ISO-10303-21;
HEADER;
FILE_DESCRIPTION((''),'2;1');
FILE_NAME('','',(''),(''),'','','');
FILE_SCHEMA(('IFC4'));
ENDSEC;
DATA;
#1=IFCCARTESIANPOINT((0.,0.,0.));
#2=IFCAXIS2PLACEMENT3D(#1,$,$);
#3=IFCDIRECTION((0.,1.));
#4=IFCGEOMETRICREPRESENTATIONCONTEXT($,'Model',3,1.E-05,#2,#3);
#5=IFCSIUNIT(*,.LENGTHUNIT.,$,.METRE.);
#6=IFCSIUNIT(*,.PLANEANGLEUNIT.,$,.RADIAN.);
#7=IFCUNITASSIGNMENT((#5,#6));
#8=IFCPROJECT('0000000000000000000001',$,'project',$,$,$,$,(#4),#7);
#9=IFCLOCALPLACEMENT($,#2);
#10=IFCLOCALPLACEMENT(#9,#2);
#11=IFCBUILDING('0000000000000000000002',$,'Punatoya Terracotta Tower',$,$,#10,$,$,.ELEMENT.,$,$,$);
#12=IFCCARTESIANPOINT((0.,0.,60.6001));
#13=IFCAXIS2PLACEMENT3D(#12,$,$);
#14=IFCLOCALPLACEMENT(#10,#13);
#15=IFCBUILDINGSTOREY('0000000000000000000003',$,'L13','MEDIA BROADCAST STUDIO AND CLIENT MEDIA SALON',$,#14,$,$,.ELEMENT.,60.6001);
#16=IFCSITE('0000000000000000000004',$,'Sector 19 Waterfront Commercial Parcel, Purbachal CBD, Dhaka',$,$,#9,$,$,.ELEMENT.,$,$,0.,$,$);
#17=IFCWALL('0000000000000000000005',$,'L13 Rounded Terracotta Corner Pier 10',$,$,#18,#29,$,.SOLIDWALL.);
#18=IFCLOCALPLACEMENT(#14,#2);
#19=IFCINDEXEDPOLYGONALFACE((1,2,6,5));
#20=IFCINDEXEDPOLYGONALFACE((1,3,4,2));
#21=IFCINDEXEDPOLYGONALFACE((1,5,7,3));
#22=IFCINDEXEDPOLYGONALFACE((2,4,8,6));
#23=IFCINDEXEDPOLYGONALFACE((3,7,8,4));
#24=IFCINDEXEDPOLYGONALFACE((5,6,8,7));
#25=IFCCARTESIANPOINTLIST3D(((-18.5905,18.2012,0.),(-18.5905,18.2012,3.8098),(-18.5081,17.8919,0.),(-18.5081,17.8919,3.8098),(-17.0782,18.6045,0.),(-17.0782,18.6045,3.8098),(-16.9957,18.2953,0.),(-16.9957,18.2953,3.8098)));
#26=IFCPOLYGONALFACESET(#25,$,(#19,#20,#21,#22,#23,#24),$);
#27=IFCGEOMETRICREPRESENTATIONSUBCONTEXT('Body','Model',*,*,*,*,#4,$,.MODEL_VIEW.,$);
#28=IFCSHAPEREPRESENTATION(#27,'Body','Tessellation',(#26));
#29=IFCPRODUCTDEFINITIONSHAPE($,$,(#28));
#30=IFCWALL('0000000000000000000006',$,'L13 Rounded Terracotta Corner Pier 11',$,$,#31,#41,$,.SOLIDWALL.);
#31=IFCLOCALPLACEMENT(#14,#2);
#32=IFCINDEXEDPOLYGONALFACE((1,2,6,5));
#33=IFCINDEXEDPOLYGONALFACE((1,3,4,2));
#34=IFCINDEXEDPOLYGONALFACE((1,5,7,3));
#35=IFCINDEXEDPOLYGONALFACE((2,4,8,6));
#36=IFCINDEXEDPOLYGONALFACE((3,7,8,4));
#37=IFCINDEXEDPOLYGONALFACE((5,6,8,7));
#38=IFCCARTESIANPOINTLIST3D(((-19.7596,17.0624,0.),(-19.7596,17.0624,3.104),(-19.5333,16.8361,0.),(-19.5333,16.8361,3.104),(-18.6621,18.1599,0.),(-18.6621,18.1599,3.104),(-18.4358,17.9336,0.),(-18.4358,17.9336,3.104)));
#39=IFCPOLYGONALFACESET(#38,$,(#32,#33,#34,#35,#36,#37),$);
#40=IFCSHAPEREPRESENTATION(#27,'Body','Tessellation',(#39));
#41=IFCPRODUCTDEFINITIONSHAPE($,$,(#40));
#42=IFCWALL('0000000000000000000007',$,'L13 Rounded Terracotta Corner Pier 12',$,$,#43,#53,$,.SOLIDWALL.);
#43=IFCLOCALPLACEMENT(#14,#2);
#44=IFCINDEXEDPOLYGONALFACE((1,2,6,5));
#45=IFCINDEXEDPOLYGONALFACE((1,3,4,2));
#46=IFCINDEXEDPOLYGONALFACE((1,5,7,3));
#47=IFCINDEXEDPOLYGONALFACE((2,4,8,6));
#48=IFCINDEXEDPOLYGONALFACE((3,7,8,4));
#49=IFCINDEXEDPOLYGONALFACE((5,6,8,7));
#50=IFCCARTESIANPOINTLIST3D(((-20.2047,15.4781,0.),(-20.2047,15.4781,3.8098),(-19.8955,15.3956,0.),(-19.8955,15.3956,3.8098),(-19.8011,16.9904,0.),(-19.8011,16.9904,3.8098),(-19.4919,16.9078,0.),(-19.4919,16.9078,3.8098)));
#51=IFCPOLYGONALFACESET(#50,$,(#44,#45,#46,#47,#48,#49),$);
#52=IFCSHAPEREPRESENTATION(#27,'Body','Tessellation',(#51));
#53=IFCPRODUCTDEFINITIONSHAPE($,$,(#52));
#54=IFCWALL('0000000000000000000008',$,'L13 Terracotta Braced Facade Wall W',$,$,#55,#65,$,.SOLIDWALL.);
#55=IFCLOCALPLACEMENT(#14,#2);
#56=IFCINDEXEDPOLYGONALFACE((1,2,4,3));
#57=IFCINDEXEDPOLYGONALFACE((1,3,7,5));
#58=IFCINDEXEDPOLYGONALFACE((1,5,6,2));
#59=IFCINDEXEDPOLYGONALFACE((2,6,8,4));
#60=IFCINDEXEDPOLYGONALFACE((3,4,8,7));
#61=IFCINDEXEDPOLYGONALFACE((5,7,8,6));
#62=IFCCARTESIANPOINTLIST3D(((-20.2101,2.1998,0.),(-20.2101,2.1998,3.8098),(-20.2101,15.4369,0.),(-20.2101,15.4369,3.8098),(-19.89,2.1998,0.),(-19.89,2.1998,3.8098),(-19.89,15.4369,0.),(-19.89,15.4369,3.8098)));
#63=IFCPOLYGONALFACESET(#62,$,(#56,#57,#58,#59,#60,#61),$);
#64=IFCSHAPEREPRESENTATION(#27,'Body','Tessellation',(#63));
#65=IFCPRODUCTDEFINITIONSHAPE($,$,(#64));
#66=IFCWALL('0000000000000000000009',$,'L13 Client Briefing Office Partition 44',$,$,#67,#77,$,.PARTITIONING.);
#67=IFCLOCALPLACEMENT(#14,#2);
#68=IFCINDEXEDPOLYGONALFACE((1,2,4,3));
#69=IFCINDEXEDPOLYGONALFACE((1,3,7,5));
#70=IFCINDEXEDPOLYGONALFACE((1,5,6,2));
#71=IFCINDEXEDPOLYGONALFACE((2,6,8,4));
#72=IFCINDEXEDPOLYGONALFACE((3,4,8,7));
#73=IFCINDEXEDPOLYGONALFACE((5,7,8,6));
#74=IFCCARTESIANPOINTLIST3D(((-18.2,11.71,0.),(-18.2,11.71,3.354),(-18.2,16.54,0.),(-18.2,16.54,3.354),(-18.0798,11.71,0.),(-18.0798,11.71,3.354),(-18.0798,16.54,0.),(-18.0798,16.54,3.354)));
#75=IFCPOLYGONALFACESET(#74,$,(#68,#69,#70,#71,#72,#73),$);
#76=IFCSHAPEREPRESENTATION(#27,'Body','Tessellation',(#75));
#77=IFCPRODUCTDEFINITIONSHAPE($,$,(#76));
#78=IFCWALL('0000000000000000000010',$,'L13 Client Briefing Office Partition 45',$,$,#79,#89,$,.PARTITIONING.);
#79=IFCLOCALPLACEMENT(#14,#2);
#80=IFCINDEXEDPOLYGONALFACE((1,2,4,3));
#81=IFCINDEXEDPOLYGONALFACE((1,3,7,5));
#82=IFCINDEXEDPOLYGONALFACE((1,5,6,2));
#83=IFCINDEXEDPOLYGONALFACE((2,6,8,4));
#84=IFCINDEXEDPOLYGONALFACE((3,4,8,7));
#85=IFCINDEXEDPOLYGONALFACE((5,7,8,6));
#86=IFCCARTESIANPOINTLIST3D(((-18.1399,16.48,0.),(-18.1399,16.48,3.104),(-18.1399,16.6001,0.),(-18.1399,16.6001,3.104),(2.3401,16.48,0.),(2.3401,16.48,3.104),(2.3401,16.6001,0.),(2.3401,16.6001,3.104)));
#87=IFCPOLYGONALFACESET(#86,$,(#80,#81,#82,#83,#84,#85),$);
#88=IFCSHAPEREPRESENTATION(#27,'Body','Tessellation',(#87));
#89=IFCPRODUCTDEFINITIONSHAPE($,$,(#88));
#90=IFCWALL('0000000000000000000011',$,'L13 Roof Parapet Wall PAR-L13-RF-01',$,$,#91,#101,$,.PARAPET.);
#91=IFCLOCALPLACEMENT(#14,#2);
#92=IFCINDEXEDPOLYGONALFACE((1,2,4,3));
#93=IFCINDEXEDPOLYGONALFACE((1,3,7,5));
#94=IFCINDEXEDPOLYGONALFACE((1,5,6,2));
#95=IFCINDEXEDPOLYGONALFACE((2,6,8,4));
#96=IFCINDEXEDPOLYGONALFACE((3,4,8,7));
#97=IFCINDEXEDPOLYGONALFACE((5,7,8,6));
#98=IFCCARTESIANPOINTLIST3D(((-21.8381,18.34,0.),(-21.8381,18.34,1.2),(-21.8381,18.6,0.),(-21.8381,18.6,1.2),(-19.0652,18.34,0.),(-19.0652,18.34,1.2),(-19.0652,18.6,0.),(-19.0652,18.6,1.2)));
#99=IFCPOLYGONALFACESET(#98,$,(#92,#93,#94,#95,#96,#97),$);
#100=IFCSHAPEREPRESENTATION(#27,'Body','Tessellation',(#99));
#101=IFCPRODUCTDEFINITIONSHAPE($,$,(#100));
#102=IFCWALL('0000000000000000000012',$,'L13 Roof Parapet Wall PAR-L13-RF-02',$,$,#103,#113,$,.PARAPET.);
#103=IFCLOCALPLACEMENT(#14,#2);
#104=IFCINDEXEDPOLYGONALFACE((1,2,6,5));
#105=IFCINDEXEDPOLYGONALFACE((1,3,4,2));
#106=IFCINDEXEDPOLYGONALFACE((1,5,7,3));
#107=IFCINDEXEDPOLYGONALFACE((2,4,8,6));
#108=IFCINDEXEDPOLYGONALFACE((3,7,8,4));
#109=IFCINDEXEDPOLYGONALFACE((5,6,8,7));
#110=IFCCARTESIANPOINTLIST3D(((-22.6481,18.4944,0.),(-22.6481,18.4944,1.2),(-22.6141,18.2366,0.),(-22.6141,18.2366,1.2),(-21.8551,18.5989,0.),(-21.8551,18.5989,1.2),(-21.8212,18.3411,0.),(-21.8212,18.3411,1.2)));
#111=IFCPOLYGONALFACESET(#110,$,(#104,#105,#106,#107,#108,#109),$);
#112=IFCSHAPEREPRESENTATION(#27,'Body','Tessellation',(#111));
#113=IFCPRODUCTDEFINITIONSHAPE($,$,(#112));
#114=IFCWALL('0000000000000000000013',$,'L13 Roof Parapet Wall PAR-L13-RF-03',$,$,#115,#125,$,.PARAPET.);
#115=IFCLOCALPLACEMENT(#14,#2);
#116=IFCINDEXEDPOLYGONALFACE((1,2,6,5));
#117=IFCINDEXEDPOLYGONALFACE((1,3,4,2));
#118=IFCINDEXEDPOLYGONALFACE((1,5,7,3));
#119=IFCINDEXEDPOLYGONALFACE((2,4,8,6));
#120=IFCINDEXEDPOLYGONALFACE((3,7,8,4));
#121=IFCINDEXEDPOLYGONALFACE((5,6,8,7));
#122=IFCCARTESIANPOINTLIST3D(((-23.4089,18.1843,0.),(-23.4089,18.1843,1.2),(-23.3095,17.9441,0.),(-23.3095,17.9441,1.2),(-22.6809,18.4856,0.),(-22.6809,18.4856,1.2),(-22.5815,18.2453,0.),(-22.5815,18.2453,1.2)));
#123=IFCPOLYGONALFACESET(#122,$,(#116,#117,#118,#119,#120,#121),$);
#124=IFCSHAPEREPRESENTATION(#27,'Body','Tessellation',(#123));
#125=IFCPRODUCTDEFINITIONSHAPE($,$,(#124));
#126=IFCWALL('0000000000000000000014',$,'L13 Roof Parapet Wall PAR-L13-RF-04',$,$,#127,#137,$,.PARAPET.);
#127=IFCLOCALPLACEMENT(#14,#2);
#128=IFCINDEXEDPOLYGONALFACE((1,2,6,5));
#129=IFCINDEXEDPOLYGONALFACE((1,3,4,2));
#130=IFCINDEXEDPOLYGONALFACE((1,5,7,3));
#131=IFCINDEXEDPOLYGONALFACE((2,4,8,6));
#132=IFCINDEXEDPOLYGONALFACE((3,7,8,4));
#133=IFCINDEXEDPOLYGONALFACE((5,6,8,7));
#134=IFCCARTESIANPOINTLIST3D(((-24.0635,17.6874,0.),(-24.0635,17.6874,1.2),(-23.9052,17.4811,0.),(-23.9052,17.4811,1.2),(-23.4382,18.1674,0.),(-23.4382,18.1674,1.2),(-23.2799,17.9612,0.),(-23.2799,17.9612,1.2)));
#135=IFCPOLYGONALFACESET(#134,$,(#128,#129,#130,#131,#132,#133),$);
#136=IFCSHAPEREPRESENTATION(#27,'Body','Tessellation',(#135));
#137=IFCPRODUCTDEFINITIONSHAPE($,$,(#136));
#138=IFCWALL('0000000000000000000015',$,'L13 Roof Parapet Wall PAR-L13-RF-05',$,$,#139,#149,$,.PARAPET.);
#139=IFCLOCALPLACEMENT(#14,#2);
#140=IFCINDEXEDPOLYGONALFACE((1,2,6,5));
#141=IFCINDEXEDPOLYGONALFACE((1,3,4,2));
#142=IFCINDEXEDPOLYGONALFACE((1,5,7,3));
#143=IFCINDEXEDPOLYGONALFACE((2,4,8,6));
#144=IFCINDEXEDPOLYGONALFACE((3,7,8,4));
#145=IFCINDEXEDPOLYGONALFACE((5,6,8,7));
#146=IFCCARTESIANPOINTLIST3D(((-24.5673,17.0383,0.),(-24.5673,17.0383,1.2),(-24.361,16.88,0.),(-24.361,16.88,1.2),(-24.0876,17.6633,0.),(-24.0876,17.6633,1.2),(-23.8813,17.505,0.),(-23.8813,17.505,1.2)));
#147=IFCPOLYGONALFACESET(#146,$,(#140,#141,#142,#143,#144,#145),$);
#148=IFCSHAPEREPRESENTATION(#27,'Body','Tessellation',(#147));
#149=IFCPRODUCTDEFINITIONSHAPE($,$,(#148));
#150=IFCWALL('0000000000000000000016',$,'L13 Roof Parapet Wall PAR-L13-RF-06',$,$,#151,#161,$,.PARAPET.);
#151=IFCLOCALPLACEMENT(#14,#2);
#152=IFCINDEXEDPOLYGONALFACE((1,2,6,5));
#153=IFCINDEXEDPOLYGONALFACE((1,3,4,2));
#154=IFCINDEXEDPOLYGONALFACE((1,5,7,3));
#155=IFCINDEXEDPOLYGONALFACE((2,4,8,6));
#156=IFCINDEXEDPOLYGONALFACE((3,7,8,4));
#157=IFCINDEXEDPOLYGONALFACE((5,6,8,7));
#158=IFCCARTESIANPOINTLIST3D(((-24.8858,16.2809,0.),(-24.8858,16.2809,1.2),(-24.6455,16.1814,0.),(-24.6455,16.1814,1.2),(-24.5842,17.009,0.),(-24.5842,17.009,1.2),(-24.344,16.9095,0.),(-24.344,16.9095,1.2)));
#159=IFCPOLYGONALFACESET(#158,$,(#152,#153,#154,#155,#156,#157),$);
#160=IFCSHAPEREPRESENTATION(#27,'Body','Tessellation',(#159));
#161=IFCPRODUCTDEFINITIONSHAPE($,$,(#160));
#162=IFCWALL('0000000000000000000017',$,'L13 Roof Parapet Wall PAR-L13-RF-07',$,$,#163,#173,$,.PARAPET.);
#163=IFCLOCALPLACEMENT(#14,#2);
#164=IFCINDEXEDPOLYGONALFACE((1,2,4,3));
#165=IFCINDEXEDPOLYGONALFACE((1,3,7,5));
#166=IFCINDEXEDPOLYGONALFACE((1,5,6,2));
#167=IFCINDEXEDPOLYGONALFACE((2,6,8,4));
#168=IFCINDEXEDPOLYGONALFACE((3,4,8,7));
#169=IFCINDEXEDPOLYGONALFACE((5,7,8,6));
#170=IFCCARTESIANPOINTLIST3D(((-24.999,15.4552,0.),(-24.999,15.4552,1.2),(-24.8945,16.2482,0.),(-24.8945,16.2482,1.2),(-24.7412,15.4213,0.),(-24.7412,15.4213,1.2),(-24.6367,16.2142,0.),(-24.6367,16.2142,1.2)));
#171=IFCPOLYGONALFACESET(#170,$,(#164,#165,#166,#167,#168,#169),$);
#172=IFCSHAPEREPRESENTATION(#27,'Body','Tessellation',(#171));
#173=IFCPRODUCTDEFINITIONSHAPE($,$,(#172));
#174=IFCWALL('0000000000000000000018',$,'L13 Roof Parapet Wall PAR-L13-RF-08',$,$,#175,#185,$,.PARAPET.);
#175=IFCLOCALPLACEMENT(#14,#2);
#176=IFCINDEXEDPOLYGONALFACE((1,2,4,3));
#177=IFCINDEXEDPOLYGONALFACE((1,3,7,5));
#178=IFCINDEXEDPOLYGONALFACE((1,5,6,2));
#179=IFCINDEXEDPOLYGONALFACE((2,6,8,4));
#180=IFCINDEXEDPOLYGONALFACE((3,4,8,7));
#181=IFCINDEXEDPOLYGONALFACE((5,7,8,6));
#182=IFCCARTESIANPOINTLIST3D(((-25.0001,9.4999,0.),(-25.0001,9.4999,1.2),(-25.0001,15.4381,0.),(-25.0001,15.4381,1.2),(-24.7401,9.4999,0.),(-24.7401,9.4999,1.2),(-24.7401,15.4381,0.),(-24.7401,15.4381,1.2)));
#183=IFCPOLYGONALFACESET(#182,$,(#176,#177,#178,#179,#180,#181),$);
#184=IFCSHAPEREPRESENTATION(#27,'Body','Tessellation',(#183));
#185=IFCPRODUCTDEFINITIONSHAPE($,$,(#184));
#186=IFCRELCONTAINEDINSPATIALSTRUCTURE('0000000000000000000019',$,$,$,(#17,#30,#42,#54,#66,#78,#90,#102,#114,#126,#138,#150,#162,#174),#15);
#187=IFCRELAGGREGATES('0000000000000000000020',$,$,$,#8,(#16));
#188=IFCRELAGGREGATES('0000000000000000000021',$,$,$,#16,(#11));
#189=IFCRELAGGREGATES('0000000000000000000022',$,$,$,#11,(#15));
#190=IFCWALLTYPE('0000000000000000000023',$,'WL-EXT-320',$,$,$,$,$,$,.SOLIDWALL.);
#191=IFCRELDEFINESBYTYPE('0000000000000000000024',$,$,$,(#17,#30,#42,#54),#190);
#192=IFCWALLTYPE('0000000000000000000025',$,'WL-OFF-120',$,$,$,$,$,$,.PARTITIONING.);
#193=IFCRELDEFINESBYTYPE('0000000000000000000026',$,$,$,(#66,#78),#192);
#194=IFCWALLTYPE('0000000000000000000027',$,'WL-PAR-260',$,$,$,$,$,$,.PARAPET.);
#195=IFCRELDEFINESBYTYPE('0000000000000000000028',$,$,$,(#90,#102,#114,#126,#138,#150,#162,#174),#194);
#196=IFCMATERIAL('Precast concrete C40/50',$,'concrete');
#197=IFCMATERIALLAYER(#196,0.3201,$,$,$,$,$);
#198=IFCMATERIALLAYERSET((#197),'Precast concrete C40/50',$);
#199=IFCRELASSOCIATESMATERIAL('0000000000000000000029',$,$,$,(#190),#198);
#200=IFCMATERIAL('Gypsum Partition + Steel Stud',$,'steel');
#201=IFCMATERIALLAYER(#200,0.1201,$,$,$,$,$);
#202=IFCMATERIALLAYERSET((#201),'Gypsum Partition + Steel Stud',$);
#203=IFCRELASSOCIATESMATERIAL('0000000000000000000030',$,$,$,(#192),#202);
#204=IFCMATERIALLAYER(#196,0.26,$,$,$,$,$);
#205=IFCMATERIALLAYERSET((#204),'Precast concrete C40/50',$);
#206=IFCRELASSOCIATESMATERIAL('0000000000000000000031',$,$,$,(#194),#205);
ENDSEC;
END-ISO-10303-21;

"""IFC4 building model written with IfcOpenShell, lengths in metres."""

from ifc_helpers import new_model, si_unit, direction, frame, frame_2d, origin, place, context, subcontext, project, spatial, rectangle, extrude, material, layer, layer_set, type_object, element, save


model = new_model("IFC4")

# Units and contexts
model_context = context("Model", 3, precision=1e-05, world=origin(), true_north=direction((0.0, 1.0)))
body_context = subcontext(model_context, "Body", "Model", "MODEL_VIEW")
ifc_project = project(units=[si_unit("LENGTHUNIT", "METRE"), si_unit("PLANEANGLEUNIT", "RADIAN")], contexts=[model_context])

# Site, building, storey
site_placement = place(None, origin())
site = spatial("IfcSite", under=ifc_project, at=site_placement, Name="Sector 19 Waterfront Commercial Parcel, Purbachal CBD, Dhaka", CompositionType="ELEMENT", RefElevation=0.0)
building_placement = place(site_placement, origin())
building = spatial("IfcBuilding", under=site, at=building_placement, Name="Punatoya Terracotta Tower", CompositionType="ELEMENT")
storey_placement = place(building_placement, frame((0.0, 0.0, 60.6001)))
storey = spatial("IfcBuildingStorey", under=building, at=storey_placement, Name="L13", Description="MEDIA BROADCAST STUDIO AND CLIENT MEDIA SALON", CompositionType="ELEMENT", Elevation=60.6001)

# Walls
ifc_material_1 = material(Name="Precast concrete C40/50", Category="concrete")
ifc_layer_1 = layer(ifc_material_1, 0.3201)
ifc_layer_set_1 = layer_set([ifc_layer_1], Name="Precast concrete C40/50")
wall_type_1 = type_object("IfcWallType", Name="WL-EXT-320", PredefinedType="SOLIDWALL", material=ifc_layer_set_1)
wall_1_placement = place(storey_placement, frame((-17.0369, 18.45, 0.0), z_axis=(0.0, 0.0, 1.0), x_axis=(-0.966225, -0.257701, 0.0)))
element("IfcWall", 1, at=wall_1_placement, inside=storey, type_object=wall_type_1, Name="L13 Rounded Terracotta Corner Pier 10", PredefinedType="SOLIDWALL", context=body_context, shape_type="SweptSolid", body=[
    extrude(rectangle(XDim=1.5652, YDim=0.3201, at=frame_2d((0.7827, 0.0))), origin(), (0.0, 0.0, 1.0), 3.8098),
])
wall_2_placement = place(storey_placement, frame((-18.5491, 18.0466, 0.0), z_axis=(0.0, 0.0, 1.0), x_axis=(-0.707107, -0.707107, 0.0)))
element("IfcWall", 2, at=wall_2_placement, inside=storey, type_object=wall_type_1, Name="L13 Rounded Terracotta Corner Pier 11", PredefinedType="SOLIDWALL", context=body_context, shape_type="SweptSolid", body=[
    extrude(rectangle(XDim=1.552, YDim=0.3201, at=frame_2d((0.7759, 0.0))), origin(), (0.0, 0.0, 1.0), 3.104),
])
wall_3_placement = place(storey_placement, frame((-19.6465, 16.9492, 0.0), z_axis=(0.0, 0.0, 1.0), x_axis=(-0.257847, -0.966186, 0.0)))
element("IfcWall", 3, at=wall_3_placement, inside=storey, type_object=wall_type_1, Name="L13 Rounded Terracotta Corner Pier 12", PredefinedType="SOLIDWALL", context=body_context, shape_type="SweptSolid", body=[
    extrude(rectangle(XDim=1.5652, YDim=0.3201, at=frame_2d((0.7827, 0.0))), origin(), (0.0, 0.0, 1.0), 3.8098),
])
wall_4_placement = place(storey_placement, frame((-20.05, 15.437, 0.0), z_axis=(0.0, 0.0, 1.0), x_axis=(0.0, -1.0, 0.0)))
element("IfcWall", 4, at=wall_4_placement, inside=storey, type_object=wall_type_1, Name="L13 Terracotta Braced Facade Wall W", PredefinedType="SOLIDWALL", context=body_context, shape_type="SweptSolid", body=[
    extrude(rectangle(XDim=13.2371, YDim=0.3201, at=frame_2d((6.6187, 0.0))), origin(), (0.0, 0.0, 1.0), 3.8098),
])
ifc_material_2 = material(Name="Gypsum Partition + Steel Stud", Category="steel")
ifc_layer_2 = layer(ifc_material_2, 0.1201)
ifc_layer_set_2 = layer_set([ifc_layer_2], Name="Gypsum Partition + Steel Stud")
wall_type_2 = type_object("IfcWallType", Name="WL-OFF-120", PredefinedType="PARTITIONING", material=ifc_layer_set_2)
wall_5_placement = place(storey_placement, frame((-18.1399, 11.71, 0.0), z_axis=(0.0, 0.0, 1.0), x_axis=(0.0, 1.0, 0.0)))
element("IfcWall", 5, at=wall_5_placement, inside=storey, type_object=wall_type_2, Name="L13 Client Briefing Office Partition 44", PredefinedType="PARTITIONING", context=body_context, shape_type="SweptSolid", body=[
    extrude(rectangle(XDim=4.8301, YDim=0.1201, at=frame_2d((2.415, 0.0))), origin(), (0.0, 0.0, 1.0), 3.354),
])
wall_6_placement = place(storey_placement, frame((-18.1399, 16.54, 0.0), z_axis=(0.0, 0.0, 1.0), x_axis=(1.0, 0.0, 0.0)))
element("IfcWall", 6, at=wall_6_placement, inside=storey, type_object=wall_type_2, Name="L13 Client Briefing Office Partition 45", PredefinedType="PARTITIONING", context=body_context, shape_type="SweptSolid", body=[
    extrude(rectangle(XDim=20.48, YDim=0.1201, at=frame_2d((10.24, 0.0))), origin(), (0.0, 0.0, 1.0), 3.104),
])
ifc_layer_3 = layer(ifc_material_1, 0.26)
ifc_layer_set_3 = layer_set([ifc_layer_3], Name="Precast concrete C40/50")
wall_type_3 = type_object("IfcWallType", Name="WL-PAR-260", PredefinedType="PARAPET", material=ifc_layer_set_3)
wall_7_placement = place(storey_placement, frame((-19.0652, 18.47, 0.0), z_axis=(0.0, 0.0, 1.0), x_axis=(-1.0, 0.0, 0.0)))
element("IfcWall", 7, at=wall_7_placement, inside=storey, type_object=wall_type_3, Name="L13 Roof Parapet Wall PAR-L13-RF-01", PredefinedType="PARAPET", context=body_context, shape_type="SweptSolid", body=[
    extrude(rectangle(XDim=2.7729, YDim=0.26, at=frame_2d((1.3865, 0.0))), origin(), (0.0, 0.0, 1.0), 1.2),
])
wall_8_placement = place(storey_placement, frame((-21.8381, 18.47, 0.0), z_axis=(0.0, 0.0, 1.0), x_axis=(-0.991429, -0.130644, 0.0)))
element("IfcWall", 8, at=wall_8_placement, inside=storey, type_object=wall_type_3, Name="L13 Roof Parapet Wall PAR-L13-RF-02", PredefinedType="PARAPET", context=body_context, shape_type="SweptSolid", body=[
    extrude(rectangle(XDim=0.7998, YDim=0.26, at=frame_2d((0.3999, 0.0))), origin(), (0.0, 0.0, 1.0), 1.2),
])
wall_9_placement = place(storey_placement, frame((-22.6311, 18.3655, 0.0), z_axis=(0.0, 0.0, 1.0), x_axis=(-0.924009, -0.38237, 0.0)))
element("IfcWall", 9, at=wall_9_placement, inside=storey, type_object=wall_type_3, Name="L13 Roof Parapet Wall PAR-L13-RF-03", PredefinedType="PARAPET", context=body_context, shape_type="SweptSolid", body=[
    extrude(rectangle(XDim=0.7878, YDim=0.26, at=frame_2d((0.394, 0.0))), origin(), (0.0, 0.0, 1.0), 1.2),
])
wall_10_placement = place(storey_placement, frame((-23.3591, 18.0642, 0.0), z_axis=(0.0, 0.0, 1.0), x_axis=(-0.793222, -0.608932, 0.0)))
element("IfcWall", 10, at=wall_10_placement, inside=storey, type_object=wall_type_3, Name="L13 Roof Parapet Wall PAR-L13-RF-04", PredefinedType="PARAPET", context=body_context, shape_type="SweptSolid", body=[
    extrude(rectangle(XDim=0.7883, YDim=0.26, at=frame_2d((0.394, 0.0))), origin(), (0.0, 0.0, 1.0), 1.2),
])
wall_11_placement = place(storey_placement, frame((-23.9844, 17.5842, 0.0), z_axis=(0.0, 0.0, 1.0), x_axis=(-0.608887, -0.793257, 0.0)))
element("IfcWall", 11, at=wall_11_placement, inside=storey, type_object=wall_type_3, Name="L13 Roof Parapet Wall PAR-L13-RF-05", PredefinedType="PARAPET", context=body_context, shape_type="SweptSolid", body=[
    extrude(rectangle(XDim=0.7878, YDim=0.26, at=frame_2d((0.394, 0.0))), origin(), (0.0, 0.0, 1.0), 1.2),
])
wall_12_placement = place(storey_placement, frame((-24.4641, 16.9592, 0.0), z_axis=(0.0, 0.0, 1.0), x_axis=(-0.382635, -0.9239, 0.0)))
element("IfcWall", 12, at=wall_12_placement, inside=storey, type_object=wall_type_3, Name="L13 Roof Parapet Wall PAR-L13-RF-06", PredefinedType="PARAPET", context=body_context, shape_type="SweptSolid", body=[
    extrude(rectangle(XDim=0.7881, YDim=0.26, at=frame_2d((0.394, 0.0))), origin(), (0.0, 0.0, 1.0), 1.2),
])
wall_13_placement = place(storey_placement, frame((-24.7656, 16.2312, 0.0), z_axis=(0.0, 0.0, 1.0), x_axis=(-0.130644, -0.991429, 0.0)))
element("IfcWall", 13, at=wall_13_placement, inside=storey, type_object=wall_type_3, Name="L13 Roof Parapet Wall PAR-L13-RF-07", PredefinedType="PARAPET", context=body_context, shape_type="SweptSolid", body=[
    extrude(rectangle(XDim=0.7998, YDim=0.26, at=frame_2d((0.3999, 0.0))), origin(), (0.0, 0.0, 1.0), 1.2),
])
wall_14_placement = place(storey_placement, frame((-24.8701, 15.4382, 0.0), z_axis=(0.0, 0.0, 1.0), x_axis=(0.0, -1.0, 0.0)))
element("IfcWall", 14, at=wall_14_placement, inside=storey, type_object=wall_type_3, Name="L13 Roof Parapet Wall PAR-L13-RF-08", PredefinedType="PARAPET", context=body_context, shape_type="SweptSolid", body=[
    extrude(rectangle(XDim=5.9382, YDim=0.26, at=frame_2d((2.9692, 0.0))), origin(), (0.0, 0.0, 1.0), 1.2),
])

save(model, "model.ifc")
